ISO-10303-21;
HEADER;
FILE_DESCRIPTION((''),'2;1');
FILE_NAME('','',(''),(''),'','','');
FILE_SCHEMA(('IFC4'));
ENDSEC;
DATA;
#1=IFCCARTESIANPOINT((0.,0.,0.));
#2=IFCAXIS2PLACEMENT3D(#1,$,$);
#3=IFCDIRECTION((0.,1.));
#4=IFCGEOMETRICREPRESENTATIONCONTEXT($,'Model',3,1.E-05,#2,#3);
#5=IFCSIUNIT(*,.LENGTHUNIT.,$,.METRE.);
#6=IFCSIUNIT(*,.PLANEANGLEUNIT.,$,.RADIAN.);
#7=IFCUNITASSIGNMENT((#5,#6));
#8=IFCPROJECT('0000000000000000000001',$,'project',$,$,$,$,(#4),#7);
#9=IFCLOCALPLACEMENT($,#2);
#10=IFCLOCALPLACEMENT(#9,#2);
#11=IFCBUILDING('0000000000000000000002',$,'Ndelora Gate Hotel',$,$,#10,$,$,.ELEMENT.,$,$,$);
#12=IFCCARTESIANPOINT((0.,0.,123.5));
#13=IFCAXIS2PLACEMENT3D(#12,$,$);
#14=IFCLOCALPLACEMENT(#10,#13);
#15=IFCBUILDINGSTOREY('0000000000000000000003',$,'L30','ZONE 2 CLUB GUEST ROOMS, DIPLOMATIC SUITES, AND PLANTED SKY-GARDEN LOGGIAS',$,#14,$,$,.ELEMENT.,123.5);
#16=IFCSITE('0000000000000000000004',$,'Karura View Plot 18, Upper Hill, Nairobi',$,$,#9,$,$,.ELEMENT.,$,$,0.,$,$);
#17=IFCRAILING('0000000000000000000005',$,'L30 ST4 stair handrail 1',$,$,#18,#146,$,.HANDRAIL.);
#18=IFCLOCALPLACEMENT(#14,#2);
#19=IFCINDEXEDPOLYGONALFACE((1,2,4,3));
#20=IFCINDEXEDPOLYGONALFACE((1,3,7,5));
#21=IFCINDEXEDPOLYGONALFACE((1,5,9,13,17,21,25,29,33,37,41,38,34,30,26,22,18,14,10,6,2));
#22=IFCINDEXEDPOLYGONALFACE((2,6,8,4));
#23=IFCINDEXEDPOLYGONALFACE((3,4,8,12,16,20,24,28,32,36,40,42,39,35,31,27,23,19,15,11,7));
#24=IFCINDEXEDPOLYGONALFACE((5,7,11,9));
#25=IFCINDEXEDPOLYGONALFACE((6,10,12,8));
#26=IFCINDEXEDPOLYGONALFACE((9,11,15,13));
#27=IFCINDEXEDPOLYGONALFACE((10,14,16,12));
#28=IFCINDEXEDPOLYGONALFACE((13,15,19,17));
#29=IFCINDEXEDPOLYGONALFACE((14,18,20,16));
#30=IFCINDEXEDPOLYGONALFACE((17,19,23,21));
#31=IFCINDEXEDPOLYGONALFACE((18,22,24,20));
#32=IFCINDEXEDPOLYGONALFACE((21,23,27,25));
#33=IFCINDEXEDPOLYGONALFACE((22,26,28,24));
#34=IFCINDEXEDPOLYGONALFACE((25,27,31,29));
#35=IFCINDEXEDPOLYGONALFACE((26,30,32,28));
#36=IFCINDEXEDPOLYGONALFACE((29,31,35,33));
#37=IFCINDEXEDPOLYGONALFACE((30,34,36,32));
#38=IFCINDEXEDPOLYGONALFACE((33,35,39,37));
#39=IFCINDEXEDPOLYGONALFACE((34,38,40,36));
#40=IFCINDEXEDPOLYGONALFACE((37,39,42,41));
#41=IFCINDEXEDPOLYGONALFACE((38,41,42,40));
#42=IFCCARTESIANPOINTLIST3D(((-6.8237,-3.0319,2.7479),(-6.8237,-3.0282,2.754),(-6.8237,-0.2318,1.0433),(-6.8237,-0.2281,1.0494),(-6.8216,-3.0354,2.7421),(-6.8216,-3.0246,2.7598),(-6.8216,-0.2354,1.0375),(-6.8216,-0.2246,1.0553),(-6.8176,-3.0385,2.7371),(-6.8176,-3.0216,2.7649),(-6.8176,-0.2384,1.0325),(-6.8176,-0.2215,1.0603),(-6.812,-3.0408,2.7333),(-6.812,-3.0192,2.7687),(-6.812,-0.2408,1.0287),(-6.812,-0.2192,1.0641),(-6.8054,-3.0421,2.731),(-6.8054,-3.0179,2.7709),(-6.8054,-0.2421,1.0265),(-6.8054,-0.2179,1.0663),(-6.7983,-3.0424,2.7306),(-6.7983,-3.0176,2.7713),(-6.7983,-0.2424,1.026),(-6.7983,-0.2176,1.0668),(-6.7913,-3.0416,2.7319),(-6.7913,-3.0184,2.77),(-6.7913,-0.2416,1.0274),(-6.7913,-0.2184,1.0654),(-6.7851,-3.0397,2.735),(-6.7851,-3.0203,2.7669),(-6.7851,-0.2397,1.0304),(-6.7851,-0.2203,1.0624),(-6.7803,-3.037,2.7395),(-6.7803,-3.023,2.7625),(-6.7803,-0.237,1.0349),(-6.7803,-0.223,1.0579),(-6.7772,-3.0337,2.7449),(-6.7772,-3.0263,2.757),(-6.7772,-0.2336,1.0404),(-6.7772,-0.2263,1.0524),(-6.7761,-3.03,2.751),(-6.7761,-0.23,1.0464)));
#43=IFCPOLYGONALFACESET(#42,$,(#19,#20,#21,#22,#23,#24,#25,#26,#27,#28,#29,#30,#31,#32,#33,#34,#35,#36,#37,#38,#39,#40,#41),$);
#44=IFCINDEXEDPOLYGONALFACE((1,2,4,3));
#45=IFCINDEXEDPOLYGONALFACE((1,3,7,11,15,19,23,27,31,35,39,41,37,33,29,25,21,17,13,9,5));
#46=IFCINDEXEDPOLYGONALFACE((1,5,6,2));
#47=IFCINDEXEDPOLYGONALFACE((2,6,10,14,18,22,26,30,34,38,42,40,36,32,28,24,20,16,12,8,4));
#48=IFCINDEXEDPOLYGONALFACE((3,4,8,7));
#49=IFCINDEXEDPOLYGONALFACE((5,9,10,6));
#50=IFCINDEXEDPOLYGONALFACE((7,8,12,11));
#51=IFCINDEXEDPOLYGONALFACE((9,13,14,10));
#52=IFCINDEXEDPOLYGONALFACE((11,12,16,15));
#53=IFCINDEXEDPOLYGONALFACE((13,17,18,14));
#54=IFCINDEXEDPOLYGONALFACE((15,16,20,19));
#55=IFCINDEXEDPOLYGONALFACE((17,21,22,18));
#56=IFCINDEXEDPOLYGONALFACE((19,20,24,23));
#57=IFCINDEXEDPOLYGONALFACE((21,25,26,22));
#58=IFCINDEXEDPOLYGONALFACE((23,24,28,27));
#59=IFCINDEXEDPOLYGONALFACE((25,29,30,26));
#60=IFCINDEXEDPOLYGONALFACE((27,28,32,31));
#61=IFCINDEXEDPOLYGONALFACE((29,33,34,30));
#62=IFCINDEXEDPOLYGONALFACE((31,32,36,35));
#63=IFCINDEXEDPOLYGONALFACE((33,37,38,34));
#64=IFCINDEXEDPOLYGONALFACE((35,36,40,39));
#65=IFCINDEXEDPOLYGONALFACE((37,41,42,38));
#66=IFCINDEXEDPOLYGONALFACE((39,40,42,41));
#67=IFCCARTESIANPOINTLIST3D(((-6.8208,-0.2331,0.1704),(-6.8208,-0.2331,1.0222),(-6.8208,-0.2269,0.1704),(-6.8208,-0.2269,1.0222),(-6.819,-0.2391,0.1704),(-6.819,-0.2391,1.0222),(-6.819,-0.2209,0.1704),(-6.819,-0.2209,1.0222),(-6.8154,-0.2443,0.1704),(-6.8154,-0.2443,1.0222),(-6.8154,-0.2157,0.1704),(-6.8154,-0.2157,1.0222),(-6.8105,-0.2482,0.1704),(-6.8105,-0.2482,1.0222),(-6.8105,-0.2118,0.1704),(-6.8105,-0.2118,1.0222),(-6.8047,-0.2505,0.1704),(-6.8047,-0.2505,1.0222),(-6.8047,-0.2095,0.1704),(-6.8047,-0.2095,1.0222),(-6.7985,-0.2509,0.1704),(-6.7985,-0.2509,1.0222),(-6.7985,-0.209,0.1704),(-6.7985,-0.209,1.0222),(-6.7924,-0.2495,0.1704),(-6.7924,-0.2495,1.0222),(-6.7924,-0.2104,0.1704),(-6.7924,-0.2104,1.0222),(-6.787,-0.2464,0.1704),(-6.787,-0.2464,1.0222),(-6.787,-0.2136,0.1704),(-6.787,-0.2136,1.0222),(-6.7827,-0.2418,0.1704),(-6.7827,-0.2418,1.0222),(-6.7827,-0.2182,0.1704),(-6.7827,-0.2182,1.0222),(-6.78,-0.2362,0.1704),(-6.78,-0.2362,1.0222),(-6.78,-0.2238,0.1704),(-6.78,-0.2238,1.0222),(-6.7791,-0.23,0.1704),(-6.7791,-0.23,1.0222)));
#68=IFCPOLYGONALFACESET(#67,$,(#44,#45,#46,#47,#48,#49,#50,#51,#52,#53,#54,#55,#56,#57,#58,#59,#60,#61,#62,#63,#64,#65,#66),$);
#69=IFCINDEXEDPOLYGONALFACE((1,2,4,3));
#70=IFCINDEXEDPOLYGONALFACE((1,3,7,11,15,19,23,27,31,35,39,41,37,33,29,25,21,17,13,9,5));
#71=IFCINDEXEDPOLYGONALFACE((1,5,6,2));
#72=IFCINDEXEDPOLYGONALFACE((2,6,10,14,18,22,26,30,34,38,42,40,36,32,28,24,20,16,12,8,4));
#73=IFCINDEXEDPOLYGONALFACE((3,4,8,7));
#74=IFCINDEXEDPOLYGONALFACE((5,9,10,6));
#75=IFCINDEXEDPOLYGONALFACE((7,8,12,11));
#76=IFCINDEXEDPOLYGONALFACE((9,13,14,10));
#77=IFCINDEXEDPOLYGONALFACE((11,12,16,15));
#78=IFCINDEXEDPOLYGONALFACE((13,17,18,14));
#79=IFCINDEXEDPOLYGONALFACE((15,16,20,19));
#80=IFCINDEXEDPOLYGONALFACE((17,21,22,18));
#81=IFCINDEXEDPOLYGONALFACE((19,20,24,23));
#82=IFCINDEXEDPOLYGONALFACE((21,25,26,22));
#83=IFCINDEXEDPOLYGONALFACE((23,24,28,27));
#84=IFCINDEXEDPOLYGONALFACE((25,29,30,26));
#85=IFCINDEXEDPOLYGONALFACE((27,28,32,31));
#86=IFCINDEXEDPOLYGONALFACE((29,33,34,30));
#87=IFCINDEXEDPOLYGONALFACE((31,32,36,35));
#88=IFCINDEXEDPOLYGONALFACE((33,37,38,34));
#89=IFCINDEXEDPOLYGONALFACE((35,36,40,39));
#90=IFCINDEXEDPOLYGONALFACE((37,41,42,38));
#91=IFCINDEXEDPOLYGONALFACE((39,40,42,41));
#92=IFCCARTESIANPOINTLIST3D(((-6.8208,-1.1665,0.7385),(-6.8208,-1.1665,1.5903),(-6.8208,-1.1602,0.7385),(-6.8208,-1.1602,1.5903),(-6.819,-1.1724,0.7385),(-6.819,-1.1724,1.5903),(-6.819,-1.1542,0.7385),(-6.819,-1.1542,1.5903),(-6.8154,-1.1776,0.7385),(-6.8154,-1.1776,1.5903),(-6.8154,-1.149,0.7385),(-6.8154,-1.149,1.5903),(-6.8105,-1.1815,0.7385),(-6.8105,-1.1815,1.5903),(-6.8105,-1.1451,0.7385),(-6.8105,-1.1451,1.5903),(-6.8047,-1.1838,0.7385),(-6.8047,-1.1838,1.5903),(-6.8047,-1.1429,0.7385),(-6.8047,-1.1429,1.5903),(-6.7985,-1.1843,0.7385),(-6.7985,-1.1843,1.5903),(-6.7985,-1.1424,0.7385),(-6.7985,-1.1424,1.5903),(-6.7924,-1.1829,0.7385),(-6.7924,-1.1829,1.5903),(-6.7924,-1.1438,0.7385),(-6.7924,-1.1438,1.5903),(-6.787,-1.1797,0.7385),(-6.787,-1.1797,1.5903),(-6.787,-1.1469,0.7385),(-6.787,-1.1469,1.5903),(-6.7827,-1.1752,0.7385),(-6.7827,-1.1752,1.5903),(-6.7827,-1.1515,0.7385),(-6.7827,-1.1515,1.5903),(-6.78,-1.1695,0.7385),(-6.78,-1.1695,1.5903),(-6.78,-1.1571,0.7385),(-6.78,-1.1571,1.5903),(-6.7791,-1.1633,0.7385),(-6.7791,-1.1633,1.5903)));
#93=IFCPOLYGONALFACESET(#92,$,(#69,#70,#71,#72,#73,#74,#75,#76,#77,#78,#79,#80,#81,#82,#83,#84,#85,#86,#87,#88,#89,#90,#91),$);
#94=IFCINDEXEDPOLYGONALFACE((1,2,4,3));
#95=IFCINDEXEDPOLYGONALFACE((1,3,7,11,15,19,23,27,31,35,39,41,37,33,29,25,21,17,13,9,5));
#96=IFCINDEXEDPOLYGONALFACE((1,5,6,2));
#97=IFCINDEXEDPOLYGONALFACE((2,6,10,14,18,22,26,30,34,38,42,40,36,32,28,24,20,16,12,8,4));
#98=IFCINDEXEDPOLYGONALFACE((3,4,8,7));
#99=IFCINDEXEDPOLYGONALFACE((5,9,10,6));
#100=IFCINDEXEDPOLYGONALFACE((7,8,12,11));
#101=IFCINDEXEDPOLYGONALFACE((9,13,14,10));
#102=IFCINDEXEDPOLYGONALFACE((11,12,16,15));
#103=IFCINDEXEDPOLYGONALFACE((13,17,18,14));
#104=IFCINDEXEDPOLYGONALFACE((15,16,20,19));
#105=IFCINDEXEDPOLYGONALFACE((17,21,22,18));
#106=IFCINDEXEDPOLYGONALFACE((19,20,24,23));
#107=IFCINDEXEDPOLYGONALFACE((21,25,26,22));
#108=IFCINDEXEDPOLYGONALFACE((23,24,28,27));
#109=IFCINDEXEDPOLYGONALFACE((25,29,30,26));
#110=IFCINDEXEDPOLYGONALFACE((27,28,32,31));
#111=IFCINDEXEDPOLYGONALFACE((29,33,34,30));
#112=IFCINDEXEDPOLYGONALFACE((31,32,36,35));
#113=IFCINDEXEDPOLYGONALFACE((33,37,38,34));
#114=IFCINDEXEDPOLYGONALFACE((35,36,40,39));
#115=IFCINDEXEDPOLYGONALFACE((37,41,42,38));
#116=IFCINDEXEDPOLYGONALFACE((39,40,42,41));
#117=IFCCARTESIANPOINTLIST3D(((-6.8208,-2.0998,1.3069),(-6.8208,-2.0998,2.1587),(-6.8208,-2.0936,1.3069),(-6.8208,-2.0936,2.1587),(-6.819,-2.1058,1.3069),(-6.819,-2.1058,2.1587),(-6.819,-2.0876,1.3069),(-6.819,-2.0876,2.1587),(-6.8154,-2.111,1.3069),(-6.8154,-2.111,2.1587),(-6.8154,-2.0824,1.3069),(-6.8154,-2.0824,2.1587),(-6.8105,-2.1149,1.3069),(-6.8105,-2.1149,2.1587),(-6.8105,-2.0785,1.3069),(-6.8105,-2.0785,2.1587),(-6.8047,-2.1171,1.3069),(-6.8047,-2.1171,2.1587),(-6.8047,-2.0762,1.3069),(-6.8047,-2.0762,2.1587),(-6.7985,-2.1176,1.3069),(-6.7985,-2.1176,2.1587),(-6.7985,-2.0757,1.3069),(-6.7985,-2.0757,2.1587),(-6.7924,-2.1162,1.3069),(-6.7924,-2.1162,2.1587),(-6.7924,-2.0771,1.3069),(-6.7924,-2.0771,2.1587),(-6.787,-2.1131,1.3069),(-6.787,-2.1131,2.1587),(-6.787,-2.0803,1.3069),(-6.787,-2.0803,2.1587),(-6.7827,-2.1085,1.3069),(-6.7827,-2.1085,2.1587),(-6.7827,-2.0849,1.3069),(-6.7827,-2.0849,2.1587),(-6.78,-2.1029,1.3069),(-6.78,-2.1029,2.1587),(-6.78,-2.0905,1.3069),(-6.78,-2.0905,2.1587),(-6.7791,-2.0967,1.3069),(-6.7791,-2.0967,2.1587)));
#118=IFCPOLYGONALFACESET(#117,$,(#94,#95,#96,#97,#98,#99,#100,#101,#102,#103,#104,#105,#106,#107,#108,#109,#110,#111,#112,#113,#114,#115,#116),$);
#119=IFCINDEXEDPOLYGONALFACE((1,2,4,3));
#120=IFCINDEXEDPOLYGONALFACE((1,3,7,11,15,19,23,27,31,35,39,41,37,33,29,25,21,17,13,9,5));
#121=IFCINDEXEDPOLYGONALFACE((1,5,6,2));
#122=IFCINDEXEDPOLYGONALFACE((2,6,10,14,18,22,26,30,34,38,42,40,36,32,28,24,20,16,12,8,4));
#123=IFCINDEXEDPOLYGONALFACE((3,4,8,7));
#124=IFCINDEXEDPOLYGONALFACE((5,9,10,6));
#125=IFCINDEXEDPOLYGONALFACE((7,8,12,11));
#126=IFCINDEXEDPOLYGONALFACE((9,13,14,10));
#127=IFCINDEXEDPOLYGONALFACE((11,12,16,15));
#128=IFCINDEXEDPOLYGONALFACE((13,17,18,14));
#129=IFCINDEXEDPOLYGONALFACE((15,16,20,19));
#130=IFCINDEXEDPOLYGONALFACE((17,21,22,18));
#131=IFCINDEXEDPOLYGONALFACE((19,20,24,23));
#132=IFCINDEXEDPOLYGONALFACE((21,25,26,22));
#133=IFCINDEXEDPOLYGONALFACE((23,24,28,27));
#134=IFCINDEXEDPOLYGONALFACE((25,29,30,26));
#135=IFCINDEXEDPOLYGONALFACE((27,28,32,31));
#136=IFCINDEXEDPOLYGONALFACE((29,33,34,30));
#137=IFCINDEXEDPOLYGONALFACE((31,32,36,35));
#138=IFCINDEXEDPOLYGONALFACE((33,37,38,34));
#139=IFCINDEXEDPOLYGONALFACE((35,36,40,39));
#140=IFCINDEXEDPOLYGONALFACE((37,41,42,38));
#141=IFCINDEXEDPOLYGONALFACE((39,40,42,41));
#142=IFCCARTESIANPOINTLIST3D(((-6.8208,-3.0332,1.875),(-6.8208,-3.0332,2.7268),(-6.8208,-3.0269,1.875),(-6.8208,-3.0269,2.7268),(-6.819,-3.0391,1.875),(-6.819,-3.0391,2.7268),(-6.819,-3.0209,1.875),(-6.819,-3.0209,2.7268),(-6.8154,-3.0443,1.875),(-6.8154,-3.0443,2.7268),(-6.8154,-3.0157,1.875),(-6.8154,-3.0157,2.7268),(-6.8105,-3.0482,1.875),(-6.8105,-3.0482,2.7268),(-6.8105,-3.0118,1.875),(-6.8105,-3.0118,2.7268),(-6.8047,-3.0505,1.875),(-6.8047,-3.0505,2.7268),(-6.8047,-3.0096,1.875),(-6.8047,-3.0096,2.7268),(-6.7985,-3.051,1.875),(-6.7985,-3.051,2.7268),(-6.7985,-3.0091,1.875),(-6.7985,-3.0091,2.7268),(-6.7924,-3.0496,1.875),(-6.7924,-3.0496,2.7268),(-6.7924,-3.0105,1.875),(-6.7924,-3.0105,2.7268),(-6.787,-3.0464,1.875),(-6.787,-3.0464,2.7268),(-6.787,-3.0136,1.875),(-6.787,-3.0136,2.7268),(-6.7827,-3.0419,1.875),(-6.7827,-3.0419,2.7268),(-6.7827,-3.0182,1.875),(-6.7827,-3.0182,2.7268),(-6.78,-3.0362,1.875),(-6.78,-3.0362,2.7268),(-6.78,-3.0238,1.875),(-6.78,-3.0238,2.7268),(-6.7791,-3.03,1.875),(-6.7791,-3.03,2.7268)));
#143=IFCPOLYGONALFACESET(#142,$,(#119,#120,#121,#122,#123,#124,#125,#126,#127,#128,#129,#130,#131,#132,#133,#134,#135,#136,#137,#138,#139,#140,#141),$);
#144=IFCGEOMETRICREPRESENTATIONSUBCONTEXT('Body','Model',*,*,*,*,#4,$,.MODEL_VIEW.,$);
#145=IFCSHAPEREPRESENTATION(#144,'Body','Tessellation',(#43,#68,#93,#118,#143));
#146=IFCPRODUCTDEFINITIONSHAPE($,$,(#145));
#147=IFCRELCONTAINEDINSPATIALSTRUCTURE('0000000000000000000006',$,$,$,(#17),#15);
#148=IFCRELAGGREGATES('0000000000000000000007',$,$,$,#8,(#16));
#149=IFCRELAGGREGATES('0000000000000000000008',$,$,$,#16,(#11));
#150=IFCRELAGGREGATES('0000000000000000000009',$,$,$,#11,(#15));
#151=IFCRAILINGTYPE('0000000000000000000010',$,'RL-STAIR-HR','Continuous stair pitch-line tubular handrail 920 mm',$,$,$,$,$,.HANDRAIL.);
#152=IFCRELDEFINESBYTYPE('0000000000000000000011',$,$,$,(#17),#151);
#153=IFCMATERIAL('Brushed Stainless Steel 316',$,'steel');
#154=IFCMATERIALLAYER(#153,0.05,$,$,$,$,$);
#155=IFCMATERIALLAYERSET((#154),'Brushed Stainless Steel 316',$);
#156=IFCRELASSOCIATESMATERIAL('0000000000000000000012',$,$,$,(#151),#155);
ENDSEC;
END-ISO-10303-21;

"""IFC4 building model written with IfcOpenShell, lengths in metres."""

from ifc_helpers import new_model, si_unit, direction, frame, origin, origin_2d, place, context, subcontext, project, spatial, circle, extrude, material, layer, layer_set, type_object, element, save


model = new_model("IFC4")

# Units and contexts
model_context = context("Model", 3, precision=1e-05, world=origin(), true_north=direction((0.0, 1.0)))
body_context = subcontext(model_context, "Body", "Model", "MODEL_VIEW")
ifc_project = project(units=[si_unit("LENGTHUNIT", "METRE"), si_unit("PLANEANGLEUNIT", "RADIAN")], contexts=[model_context])

# Site, building, storey
site_placement = place(None, origin())
site = spatial("IfcSite", under=ifc_project, at=site_placement, Name="Karura View Plot 18, Upper Hill, Nairobi", CompositionType="ELEMENT", RefElevation=0.0)
building_placement = place(site_placement, origin())
building = spatial("IfcBuilding", under=site, at=building_placement, Name="Ndelora Gate Hotel", CompositionType="ELEMENT")
storey_placement = place(building_placement, frame((0.0, 0.0, 123.5)))
storey = spatial("IfcBuildingStorey", under=building, at=storey_placement, Name="L30", Description="ZONE 2 CLUB GUEST ROOMS, DIPLOMATIC SUITES, AND PLANTED SKY-GARDEN LOGGIAS", CompositionType="ELEMENT", Elevation=123.5)

# Railing
ifc_material_1 = material(Name="Brushed Stainless Steel 316", Category="steel")
ifc_layer_1 = layer(ifc_material_1, 0.05)
ifc_layer_set_1 = layer_set([ifc_layer_1], Name="Brushed Stainless Steel 316")
railing_type_1 = type_object("IfcRailingType", Name="RL-STAIR-HR", Description="Continuous stair pitch-line tubular handrail 920 mm", PredefinedType="HANDRAIL", material=ifc_layer_set_1)
railing_1_placement = place(storey_placement, frame((-6.8, -0.23, 0.1704)))
element("IfcRailing", 1, at=railing_1_placement, inside=storey, type_object=railing_type_1, Name="L30 ST4 stair handrail 1", PredefinedType="HANDRAIL", context=body_context, shape_type="SweptSolid", body=[
    extrude(circle(Radius=0.0239, at=origin_2d()), frame((0.0, 0.0, 0.876), z_axis=(0.0, -0.85417, 0.519994), x_axis=(1.0, 0.0, 0.0)), (0.0, 0.0, 1.0), 3.2781),
    extrude(circle(Radius=0.021, at=origin_2d()), origin(), (0.0, 0.0, 1.0), 0.8518),
    extrude(circle(Radius=0.021, at=origin_2d()), frame((0.0, -0.9333, 0.5681)), (0.0, 0.0, 1.0), 0.8518),
    extrude(circle(Radius=0.021, at=origin_2d()), frame((0.0, -1.8667, 1.1365)), (0.0, 0.0, 1.0), 0.8518),
    extrude(circle(Radius=0.021, at=origin_2d()), frame((0.0, -2.8, 1.7046)), (0.0, 0.0, 1.0), 0.8518),
])

save(model, "model.ifc")
